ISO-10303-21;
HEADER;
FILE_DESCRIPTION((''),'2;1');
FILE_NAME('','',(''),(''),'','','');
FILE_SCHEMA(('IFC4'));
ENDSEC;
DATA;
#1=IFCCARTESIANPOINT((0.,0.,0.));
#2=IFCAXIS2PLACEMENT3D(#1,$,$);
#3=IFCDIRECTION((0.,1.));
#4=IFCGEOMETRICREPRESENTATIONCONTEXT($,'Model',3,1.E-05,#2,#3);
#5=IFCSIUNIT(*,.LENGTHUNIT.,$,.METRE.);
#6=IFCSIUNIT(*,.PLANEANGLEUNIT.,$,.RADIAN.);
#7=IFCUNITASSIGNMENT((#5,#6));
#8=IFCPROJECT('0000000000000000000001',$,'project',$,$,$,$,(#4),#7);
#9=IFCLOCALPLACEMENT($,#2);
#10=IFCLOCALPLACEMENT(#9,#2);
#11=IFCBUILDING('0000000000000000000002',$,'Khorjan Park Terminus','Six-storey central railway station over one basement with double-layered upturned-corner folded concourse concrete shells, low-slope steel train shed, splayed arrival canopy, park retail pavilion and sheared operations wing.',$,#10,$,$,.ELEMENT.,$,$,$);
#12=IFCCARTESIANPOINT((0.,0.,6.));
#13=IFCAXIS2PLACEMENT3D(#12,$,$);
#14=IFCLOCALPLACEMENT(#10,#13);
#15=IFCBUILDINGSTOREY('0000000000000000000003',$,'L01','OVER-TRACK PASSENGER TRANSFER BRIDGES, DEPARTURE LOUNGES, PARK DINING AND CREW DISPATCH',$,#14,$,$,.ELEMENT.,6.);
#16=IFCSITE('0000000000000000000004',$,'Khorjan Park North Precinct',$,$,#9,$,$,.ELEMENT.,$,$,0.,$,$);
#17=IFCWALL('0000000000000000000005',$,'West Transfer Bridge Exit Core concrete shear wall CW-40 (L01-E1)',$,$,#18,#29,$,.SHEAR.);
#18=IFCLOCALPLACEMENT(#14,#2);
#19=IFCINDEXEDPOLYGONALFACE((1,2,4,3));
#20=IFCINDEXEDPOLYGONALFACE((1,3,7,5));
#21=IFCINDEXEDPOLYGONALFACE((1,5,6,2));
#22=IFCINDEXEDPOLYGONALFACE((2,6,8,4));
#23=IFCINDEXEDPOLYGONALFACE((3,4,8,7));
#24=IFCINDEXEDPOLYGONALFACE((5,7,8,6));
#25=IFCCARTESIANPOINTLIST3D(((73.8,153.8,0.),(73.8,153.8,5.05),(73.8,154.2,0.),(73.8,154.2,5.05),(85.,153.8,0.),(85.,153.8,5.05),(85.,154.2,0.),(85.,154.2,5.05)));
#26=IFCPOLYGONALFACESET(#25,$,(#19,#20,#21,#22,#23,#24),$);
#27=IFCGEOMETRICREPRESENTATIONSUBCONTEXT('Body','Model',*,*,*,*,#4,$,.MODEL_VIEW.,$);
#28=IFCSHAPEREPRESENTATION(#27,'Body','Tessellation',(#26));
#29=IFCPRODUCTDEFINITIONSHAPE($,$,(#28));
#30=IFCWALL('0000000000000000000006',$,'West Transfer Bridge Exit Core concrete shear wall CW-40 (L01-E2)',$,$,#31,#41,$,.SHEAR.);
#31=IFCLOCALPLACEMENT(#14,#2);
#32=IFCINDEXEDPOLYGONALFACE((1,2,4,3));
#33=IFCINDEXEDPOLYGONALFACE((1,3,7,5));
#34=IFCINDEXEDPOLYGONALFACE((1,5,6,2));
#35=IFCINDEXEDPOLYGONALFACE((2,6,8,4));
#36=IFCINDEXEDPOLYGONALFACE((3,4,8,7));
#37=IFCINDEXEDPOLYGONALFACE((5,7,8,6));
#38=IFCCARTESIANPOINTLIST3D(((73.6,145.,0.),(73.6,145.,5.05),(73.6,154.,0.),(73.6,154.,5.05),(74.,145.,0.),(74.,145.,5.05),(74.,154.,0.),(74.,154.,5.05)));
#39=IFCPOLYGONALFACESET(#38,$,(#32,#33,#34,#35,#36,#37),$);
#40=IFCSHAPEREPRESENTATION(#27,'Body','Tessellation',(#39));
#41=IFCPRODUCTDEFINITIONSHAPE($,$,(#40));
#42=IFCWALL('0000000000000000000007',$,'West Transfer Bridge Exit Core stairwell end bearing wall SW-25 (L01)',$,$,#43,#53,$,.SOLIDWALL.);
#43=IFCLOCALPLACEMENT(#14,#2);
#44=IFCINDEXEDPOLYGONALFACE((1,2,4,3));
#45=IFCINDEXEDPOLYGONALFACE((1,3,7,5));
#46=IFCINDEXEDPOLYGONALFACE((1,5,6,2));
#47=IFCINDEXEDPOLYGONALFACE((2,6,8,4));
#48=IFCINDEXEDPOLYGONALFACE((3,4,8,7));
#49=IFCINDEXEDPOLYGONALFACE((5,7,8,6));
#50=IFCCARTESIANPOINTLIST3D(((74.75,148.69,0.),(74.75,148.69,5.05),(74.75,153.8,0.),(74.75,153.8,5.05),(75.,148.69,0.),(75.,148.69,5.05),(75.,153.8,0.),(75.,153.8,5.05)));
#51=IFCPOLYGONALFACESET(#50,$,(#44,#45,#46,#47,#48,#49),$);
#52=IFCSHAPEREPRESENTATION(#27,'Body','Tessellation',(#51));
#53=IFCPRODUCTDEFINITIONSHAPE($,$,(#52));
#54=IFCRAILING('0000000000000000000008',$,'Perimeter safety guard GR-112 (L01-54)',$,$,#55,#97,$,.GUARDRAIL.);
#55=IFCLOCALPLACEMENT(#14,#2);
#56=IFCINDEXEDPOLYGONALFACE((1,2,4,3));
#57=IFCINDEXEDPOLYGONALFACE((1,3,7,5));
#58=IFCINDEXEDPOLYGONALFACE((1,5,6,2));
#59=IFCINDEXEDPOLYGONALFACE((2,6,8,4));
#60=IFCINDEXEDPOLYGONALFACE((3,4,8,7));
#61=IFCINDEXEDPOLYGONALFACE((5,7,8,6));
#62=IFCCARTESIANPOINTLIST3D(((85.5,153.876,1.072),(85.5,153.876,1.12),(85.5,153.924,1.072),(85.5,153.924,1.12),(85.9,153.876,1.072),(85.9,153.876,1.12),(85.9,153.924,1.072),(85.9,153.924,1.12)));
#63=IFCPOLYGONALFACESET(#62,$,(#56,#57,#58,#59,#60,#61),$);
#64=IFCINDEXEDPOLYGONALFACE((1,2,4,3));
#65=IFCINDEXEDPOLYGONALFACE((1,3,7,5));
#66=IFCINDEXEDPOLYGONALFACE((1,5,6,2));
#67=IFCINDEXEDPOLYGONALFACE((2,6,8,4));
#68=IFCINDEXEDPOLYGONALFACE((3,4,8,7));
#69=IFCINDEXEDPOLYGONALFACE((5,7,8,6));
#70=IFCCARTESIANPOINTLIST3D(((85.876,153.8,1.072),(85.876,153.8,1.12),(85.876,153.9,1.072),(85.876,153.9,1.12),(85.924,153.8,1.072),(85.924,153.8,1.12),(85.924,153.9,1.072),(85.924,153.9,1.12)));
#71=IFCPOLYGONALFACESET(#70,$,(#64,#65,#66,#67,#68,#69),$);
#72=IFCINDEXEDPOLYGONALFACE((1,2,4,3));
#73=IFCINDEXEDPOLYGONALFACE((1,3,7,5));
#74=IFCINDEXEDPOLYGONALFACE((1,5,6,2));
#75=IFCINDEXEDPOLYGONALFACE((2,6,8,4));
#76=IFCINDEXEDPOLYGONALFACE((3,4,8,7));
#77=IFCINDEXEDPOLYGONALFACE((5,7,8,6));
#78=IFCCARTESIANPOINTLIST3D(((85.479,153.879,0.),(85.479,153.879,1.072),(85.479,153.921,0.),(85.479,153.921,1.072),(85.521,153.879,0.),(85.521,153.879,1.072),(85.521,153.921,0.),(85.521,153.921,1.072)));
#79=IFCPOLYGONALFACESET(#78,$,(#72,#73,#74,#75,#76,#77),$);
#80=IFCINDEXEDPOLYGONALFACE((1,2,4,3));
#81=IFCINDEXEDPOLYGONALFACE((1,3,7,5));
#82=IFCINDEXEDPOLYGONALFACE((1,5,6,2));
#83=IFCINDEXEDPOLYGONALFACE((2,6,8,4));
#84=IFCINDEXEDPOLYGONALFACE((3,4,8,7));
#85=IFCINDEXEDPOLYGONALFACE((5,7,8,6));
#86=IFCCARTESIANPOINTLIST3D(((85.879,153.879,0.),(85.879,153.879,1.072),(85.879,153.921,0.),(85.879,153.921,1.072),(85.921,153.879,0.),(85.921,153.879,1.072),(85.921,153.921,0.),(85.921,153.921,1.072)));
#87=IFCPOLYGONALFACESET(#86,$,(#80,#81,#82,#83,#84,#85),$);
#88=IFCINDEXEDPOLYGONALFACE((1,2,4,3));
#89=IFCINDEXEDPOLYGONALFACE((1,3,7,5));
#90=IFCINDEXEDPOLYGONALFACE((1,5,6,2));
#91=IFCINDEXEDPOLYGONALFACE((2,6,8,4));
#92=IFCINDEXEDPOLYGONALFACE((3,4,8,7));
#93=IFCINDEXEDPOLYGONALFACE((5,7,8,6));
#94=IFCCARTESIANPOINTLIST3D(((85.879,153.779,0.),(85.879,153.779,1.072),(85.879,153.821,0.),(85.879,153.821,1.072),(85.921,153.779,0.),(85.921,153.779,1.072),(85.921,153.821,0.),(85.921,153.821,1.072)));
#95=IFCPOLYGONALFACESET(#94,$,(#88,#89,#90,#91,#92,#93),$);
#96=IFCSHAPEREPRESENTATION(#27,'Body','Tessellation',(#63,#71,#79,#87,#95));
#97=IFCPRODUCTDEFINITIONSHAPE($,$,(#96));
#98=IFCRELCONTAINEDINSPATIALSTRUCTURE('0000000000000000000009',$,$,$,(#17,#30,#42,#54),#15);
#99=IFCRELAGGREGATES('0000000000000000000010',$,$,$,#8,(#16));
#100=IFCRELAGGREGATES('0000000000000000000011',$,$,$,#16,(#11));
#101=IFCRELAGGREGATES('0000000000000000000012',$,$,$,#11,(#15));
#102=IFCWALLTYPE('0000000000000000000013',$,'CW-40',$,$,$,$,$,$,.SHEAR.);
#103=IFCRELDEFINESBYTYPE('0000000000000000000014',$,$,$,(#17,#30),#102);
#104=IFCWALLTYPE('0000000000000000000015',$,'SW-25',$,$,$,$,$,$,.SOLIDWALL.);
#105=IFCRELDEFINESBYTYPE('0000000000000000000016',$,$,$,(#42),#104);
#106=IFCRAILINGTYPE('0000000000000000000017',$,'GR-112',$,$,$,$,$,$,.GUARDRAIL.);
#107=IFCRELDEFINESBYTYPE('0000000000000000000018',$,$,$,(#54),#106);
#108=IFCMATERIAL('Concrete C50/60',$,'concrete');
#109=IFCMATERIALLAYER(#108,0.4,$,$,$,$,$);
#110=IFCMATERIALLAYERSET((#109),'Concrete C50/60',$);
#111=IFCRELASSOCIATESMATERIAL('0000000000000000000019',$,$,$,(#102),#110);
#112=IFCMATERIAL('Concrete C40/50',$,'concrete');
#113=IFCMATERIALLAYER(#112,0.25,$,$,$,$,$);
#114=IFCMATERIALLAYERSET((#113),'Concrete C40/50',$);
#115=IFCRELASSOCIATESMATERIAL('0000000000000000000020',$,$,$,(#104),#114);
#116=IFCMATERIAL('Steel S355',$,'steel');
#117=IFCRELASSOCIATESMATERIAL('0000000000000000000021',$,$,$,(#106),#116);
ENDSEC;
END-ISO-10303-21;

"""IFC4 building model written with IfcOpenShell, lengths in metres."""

from ifc_helpers import new_model, si_unit, direction, frame, frame_2d, origin, origin_2d, place, context, subcontext, project, spatial, rectangle, extrude, material, layer, layer_set, type_object, element, save


model = new_model("IFC4")

# Units and contexts
model_context = context("Model", 3, precision=1e-05, world=origin(), true_north=direction((0.0, 1.0)))
body_context = subcontext(model_context, "Body", "Model", "MODEL_VIEW")
ifc_project = project(units=[si_unit("LENGTHUNIT", "METRE"), si_unit("PLANEANGLEUNIT", "RADIAN")], contexts=[model_context])

# Site, building, storey
site_placement = place(None, origin())
site = spatial("IfcSite", under=ifc_project, at=site_placement, Name="Khorjan Park North Precinct", CompositionType="ELEMENT", RefElevation=0.0)
building_placement = place(site_placement, origin())
building = spatial("IfcBuilding", under=site, at=building_placement, Name="Khorjan Park Terminus", Description="Six-storey central railway station over one basement with double-layered upturned-corner folded concourse concrete shells, low-slope steel train shed, splayed arrival canopy, park retail pavilion and sheared operations wing.", CompositionType="ELEMENT")
storey_placement = place(building_placement, frame((0.0, 0.0, 6.0)))
storey = spatial("IfcBuildingStorey", under=building, at=storey_placement, Name="L01", Description="OVER-TRACK PASSENGER TRANSFER BRIDGES, DEPARTURE LOUNGES, PARK DINING AND CREW DISPATCH", CompositionType="ELEMENT", Elevation=6.0)

# Shared definitions
ifc_material_1 = material(Name="Steel S355", Category="steel")

# Walls
ifc_material_2 = material(Name="Concrete C50/60", Category="concrete")
ifc_layer_1 = layer(ifc_material_2, 0.4)
ifc_layer_set_1 = layer_set([ifc_layer_1], Name="Concrete C50/60")
wall_type_1 = type_object("IfcWallType", Name="CW-40", PredefinedType="SHEAR", material=ifc_layer_set_1)
wall_1_placement = place(storey_placement, frame((85.0, 154.0, 0.0), z_axis=(0.0, 0.0, 1.0), x_axis=(-1.0, 0.0, 0.0)))
element("IfcWall", 1, at=wall_1_placement, inside=storey, type_object=wall_type_1, Name="West Transfer Bridge Exit Core concrete shear wall CW-40 (L01-E1)", PredefinedType="SHEAR", context=body_context, shape_type="SweptSolid", body=[
    extrude(rectangle(XDim=11.2, YDim=0.4, at=frame_2d((5.6, 0.0))), origin(), (0.0, 0.0, 1.0), 5.05),
])
wall_2_placement = place(storey_placement, frame((73.8, 154.0, 0.0), z_axis=(0.0, 0.0, 1.0), x_axis=(0.0, -1.0, 0.0)))
element("IfcWall", 2, at=wall_2_placement, inside=storey, type_object=wall_type_1, Name="West Transfer Bridge Exit Core concrete shear wall CW-40 (L01-E2)", PredefinedType="SHEAR", context=body_context, shape_type="SweptSolid", body=[
    extrude(rectangle(XDim=9.0, YDim=0.4, at=frame_2d((4.5, 0.0))), origin(), (0.0, 0.0, 1.0), 5.05),
])
ifc_material_3 = material(Name="Concrete C40/50", Category="concrete")
ifc_layer_2 = layer(ifc_material_3, 0.25)
ifc_layer_set_2 = layer_set([ifc_layer_2], Name="Concrete C40/50")
wall_type_2 = type_object("IfcWallType", Name="SW-25", PredefinedType="SOLIDWALL", material=ifc_layer_set_2)
wall_3_placement = place(storey_placement, frame((74.875, 153.8, 0.0), z_axis=(0.0, 0.0, 1.0), x_axis=(0.0, -1.0, 0.0)))
element("IfcWall", 3, at=wall_3_placement, inside=storey, type_object=wall_type_2, Name="West Transfer Bridge Exit Core stairwell end bearing wall SW-25 (L01)", PredefinedType="SOLIDWALL", context=body_context, shape_type="SweptSolid", body=[
    extrude(rectangle(XDim=5.11, YDim=0.25, at=frame_2d((2.555, 0.0))), origin(), (0.0, 0.0, 1.0), 5.05),
])

# Railing
railing_type = type_object("IfcRailingType", Name="GR-112", PredefinedType="GUARDRAIL", material=ifc_material_1)
railing_placement = place(storey_placement, frame((85.5, 153.9, 0.0)))
element("IfcRailing", 4, at=railing_placement, inside=storey, type_object=railing_type, Name="Perimeter safety guard GR-112 (L01-54)", PredefinedType="GUARDRAIL", context=body_context, shape_type="SweptSolid", body=[
    extrude(rectangle(XDim=0.048, YDim=0.048, at=origin_2d()), frame((0.0, 0.0, 1.096), z_axis=(1.0, 0.0, 0.0), x_axis=(0.0, 1.0, 0.0)), (0.0, 0.0, 1.0), 0.4),
    extrude(rectangle(XDim=0.048, YDim=0.048, at=origin_2d()), frame((0.4, 0.0, 1.096), z_axis=(0.0, -1.0, 0.0), x_axis=(1.0, 0.0, 0.0)), (0.0, 0.0, 1.0), 0.1),
    extrude(rectangle(XDim=0.042, YDim=0.042, at=origin_2d()), origin(), (0.0, 0.0, 1.0), 1.072),
    extrude(rectangle(XDim=0.042, YDim=0.042, at=origin_2d()), frame((0.4, 0.0, 0.0)), (0.0, 0.0, 1.0), 1.072),
    extrude(rectangle(XDim=0.042, YDim=0.042, at=origin_2d()), frame((0.4, -0.1, 0.0)), (0.0, 0.0, 1.0), 1.072),
])

save(model, "model.ifc")
